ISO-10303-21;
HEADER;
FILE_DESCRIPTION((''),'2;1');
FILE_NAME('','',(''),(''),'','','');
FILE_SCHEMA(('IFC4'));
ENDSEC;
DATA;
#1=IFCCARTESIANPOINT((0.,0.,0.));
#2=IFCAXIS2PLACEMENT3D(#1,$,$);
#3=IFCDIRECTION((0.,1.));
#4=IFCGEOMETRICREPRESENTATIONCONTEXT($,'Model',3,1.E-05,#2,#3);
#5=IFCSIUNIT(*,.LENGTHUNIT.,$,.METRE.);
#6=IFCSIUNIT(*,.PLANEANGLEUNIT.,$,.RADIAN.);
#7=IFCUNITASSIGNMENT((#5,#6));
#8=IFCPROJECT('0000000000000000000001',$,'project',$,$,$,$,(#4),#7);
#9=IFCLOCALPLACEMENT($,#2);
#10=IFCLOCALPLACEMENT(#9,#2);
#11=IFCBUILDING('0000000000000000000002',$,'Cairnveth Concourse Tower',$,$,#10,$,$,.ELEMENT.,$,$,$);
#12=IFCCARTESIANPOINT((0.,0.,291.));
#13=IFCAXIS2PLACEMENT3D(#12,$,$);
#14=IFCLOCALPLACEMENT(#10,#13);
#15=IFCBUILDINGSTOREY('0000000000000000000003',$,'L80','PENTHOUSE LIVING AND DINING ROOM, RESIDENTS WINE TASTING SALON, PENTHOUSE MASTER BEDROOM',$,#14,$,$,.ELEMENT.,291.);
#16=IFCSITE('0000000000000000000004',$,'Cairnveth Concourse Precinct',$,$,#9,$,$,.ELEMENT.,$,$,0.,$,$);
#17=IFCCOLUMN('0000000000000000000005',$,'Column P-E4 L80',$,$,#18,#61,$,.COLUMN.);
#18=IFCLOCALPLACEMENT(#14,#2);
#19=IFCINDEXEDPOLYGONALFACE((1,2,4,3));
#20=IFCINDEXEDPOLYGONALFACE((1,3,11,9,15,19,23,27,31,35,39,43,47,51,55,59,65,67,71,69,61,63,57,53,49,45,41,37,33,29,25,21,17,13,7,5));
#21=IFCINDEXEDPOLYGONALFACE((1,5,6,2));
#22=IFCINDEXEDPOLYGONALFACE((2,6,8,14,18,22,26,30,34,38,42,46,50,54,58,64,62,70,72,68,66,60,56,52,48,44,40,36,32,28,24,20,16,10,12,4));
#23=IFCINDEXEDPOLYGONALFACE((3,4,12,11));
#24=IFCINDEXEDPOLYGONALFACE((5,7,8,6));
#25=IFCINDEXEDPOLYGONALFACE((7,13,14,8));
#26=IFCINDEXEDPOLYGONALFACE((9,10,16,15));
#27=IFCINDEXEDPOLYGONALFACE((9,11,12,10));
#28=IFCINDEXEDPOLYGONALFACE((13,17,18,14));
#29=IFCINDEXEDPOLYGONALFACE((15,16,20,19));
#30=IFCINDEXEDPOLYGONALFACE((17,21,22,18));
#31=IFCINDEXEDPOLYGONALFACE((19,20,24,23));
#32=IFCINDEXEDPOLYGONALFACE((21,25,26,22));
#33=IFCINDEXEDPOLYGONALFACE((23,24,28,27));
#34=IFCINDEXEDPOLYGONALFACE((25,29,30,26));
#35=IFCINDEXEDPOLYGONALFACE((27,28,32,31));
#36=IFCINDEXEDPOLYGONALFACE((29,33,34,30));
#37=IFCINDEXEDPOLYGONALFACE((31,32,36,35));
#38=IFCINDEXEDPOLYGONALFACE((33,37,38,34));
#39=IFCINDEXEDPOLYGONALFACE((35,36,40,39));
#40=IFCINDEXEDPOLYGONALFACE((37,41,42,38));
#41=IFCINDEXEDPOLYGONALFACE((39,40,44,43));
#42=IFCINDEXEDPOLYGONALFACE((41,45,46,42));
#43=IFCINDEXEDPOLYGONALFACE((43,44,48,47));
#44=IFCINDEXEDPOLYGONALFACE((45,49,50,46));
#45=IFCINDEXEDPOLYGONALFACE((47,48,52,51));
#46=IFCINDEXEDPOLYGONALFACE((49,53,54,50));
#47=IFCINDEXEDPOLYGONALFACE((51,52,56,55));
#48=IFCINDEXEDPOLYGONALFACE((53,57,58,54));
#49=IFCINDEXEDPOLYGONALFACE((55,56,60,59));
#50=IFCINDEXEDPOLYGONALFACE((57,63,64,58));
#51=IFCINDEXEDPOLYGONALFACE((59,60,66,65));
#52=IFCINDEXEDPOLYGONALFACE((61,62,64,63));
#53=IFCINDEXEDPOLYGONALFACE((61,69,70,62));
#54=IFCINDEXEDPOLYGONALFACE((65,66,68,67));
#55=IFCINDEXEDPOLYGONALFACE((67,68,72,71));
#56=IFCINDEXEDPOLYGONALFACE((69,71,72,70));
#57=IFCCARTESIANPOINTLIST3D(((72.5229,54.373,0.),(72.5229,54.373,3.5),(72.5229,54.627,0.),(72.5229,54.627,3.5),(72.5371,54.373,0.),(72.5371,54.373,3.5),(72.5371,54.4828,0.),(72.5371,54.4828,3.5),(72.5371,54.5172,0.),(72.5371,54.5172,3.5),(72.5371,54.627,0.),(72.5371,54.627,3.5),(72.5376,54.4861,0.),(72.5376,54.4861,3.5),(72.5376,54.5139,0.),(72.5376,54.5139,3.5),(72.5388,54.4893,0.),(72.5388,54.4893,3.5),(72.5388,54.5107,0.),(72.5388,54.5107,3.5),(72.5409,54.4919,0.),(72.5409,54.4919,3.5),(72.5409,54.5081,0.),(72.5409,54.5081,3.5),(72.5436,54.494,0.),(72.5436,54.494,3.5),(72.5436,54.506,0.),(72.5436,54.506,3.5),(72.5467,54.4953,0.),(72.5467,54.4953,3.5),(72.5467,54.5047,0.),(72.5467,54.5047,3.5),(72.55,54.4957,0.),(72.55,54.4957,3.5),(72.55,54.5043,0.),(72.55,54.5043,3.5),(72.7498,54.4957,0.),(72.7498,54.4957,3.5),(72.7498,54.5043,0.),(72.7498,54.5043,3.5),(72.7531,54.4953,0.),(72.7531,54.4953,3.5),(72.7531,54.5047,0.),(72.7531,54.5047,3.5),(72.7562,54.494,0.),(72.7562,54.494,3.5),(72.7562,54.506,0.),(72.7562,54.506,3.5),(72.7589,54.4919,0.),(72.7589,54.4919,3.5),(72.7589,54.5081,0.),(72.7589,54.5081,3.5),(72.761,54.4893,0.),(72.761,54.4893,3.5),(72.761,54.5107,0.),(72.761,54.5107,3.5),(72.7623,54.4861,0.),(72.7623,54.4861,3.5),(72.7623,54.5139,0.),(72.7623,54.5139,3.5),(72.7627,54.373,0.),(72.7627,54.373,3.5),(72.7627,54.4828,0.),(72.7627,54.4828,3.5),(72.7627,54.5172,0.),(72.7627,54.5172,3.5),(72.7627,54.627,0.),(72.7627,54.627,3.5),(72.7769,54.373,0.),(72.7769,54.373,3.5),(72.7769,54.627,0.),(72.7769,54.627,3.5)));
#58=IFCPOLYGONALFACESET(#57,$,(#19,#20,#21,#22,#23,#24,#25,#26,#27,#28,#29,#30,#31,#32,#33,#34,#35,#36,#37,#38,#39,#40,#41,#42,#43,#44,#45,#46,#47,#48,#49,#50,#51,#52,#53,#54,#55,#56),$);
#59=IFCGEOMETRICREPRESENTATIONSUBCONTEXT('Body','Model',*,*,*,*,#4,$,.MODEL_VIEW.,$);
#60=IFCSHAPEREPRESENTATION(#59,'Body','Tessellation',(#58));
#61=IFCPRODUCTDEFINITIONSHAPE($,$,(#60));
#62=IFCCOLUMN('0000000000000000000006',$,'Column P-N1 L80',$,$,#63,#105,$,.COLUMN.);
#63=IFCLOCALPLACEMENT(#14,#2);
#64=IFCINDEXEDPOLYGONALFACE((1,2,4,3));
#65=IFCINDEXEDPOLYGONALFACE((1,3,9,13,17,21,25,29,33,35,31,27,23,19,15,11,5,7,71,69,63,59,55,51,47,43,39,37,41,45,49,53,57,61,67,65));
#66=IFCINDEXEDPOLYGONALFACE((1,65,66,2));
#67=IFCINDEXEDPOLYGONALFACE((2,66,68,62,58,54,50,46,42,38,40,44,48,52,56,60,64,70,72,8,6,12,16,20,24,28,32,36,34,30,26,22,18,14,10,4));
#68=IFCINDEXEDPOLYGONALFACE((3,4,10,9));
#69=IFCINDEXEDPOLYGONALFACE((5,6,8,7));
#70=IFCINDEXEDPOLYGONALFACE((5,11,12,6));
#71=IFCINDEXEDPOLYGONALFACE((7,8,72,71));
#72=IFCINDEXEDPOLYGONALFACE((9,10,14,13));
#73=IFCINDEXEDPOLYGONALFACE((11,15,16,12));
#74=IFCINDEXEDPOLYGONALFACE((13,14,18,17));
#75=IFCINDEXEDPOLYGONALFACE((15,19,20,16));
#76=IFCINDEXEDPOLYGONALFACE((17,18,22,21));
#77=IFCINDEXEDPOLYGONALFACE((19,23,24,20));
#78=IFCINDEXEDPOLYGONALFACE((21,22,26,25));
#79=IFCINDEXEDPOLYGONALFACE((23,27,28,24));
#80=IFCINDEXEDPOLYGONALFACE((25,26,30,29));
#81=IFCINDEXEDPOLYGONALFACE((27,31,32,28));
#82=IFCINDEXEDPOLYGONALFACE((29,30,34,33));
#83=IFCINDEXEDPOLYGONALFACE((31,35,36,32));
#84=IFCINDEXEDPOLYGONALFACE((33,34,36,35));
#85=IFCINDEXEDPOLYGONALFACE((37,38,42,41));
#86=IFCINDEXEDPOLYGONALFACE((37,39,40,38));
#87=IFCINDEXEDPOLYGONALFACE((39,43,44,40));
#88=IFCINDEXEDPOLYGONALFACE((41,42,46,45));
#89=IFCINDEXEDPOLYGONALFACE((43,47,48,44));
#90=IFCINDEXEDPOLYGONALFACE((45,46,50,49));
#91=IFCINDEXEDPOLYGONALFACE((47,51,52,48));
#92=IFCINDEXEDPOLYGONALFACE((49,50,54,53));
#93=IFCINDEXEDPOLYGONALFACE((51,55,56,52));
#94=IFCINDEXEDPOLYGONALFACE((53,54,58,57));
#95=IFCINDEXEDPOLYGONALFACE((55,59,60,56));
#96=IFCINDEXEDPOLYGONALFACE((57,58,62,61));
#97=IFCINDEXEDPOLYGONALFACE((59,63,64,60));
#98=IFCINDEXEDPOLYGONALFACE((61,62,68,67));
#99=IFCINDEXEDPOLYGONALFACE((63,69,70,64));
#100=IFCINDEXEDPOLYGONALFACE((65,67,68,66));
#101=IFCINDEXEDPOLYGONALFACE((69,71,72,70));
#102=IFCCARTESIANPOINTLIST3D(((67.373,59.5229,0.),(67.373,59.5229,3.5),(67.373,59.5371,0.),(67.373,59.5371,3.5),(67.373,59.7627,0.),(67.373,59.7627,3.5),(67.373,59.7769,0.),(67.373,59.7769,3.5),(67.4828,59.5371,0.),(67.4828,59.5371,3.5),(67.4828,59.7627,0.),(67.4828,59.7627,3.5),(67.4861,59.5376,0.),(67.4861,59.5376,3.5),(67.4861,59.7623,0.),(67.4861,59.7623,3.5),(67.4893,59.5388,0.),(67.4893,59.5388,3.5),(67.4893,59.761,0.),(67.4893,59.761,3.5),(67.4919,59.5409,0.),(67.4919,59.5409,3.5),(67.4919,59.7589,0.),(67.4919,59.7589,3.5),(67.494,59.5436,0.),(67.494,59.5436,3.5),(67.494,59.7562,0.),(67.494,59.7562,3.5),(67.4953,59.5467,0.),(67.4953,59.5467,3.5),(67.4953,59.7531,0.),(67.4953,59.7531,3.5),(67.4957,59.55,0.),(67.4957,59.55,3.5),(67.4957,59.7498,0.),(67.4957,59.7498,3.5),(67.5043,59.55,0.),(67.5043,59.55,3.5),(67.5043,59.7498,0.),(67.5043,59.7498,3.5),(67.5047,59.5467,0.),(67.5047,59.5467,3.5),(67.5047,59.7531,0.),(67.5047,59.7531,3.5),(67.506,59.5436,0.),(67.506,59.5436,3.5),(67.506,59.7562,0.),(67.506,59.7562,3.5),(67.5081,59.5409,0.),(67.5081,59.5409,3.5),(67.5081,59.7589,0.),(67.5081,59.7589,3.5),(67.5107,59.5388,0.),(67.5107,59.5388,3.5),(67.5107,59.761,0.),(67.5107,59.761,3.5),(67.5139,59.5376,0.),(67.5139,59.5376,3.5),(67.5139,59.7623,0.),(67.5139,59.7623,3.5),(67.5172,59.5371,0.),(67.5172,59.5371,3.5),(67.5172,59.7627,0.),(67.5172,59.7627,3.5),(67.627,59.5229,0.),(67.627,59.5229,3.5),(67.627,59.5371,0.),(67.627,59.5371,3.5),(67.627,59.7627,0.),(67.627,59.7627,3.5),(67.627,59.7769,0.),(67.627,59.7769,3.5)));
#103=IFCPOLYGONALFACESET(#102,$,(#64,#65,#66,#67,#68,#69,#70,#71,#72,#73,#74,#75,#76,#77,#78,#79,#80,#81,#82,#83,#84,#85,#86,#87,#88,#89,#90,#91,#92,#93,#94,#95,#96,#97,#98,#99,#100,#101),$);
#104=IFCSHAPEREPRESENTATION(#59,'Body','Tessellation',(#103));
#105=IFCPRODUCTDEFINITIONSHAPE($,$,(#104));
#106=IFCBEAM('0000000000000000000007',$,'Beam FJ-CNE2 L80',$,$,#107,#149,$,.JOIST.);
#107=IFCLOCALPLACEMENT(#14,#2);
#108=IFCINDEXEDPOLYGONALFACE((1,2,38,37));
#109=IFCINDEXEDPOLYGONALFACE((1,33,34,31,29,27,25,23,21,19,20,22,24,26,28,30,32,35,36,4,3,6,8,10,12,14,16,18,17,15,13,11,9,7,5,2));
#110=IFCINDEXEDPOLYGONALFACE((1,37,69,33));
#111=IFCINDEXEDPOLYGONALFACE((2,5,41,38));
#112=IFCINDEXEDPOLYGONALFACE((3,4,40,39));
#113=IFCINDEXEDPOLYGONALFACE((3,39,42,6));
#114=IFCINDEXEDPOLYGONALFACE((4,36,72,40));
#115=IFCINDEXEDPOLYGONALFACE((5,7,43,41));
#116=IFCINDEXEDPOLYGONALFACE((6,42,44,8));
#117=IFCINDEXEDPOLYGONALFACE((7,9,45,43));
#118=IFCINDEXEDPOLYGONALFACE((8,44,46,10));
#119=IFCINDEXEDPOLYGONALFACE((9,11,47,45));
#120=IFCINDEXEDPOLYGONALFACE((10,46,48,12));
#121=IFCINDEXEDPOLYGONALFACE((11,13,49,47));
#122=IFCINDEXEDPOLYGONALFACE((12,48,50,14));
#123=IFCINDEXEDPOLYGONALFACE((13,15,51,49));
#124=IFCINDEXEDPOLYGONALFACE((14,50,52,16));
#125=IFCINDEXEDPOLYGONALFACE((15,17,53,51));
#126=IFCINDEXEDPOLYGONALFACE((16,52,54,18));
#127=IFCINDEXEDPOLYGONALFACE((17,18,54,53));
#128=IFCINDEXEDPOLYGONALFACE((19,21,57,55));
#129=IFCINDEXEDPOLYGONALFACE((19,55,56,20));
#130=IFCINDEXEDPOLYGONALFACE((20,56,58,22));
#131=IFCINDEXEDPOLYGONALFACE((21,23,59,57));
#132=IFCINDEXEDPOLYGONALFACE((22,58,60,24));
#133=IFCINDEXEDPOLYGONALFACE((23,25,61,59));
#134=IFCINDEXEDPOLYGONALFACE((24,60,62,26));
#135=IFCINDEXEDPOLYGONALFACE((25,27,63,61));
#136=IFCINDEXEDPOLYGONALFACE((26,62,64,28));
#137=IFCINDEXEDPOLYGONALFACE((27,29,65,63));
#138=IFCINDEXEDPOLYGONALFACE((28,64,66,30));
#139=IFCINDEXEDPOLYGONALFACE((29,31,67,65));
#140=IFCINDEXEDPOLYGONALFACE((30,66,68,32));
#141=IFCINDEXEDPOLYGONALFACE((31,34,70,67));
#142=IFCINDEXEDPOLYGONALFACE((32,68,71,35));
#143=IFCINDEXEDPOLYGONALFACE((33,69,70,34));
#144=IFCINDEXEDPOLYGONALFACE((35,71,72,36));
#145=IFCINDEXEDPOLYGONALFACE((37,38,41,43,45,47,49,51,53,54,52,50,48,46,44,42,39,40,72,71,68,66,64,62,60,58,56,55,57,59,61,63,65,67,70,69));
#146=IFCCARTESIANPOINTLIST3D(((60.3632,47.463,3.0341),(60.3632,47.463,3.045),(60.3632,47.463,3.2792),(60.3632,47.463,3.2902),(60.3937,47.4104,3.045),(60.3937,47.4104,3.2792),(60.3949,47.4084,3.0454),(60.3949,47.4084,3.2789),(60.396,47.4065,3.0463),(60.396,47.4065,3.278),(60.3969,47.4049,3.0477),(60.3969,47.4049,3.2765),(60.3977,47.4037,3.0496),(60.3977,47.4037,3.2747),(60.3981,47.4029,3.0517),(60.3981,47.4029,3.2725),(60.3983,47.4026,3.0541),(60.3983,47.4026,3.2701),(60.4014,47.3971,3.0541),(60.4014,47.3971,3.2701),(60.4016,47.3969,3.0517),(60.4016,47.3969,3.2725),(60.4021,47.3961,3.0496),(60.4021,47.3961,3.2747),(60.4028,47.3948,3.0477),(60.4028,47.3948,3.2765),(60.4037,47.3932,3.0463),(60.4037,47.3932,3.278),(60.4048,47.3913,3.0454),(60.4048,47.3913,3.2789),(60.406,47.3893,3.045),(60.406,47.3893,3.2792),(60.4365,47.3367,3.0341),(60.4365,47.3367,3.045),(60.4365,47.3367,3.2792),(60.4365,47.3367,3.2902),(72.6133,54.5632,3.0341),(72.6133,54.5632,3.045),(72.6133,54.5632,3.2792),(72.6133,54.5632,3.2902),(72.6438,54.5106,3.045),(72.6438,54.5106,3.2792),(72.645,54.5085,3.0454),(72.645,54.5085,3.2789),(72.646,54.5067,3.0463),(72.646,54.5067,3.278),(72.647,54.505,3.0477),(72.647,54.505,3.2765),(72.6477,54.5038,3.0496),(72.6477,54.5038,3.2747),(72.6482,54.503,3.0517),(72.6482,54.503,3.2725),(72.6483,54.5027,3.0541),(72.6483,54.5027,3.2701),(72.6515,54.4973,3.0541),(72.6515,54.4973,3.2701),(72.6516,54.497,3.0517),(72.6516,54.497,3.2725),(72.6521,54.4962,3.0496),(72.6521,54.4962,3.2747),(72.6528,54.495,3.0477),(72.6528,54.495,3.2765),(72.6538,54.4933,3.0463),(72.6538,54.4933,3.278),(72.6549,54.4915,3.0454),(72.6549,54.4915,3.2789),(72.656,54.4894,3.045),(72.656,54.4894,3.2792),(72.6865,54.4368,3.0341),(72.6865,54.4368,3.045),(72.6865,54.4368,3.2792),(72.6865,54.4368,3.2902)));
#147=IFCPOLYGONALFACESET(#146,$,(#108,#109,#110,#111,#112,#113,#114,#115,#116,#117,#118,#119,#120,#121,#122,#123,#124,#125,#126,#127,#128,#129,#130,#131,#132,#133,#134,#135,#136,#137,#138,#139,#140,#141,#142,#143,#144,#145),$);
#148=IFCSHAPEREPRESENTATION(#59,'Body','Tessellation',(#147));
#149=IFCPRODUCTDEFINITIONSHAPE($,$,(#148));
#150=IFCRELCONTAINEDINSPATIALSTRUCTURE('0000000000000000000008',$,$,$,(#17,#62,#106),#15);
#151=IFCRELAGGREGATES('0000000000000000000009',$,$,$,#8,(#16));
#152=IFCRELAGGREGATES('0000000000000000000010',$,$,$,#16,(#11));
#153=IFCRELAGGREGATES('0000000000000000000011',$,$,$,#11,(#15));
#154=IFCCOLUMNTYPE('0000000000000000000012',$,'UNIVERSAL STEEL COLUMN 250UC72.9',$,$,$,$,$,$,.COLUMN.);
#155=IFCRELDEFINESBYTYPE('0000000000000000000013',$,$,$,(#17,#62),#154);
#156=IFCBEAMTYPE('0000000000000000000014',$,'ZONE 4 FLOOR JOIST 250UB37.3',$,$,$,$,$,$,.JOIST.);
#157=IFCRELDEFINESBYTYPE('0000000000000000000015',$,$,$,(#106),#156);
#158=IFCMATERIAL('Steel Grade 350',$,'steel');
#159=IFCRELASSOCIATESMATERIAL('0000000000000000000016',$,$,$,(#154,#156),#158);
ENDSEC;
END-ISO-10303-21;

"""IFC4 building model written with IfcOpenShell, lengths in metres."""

from ifc_helpers import new_model, si_unit, direction, frame, origin, origin_2d, place, context, subcontext, project, spatial, i_section, extrude, material, material_profile, profile_set, type_object, element, save


model = new_model("IFC4")

# Units and contexts
model_context = context("Model", 3, precision=1e-05, world=origin(), true_north=direction((0.0, 1.0)))
body_context = subcontext(model_context, "Body", "Model", "MODEL_VIEW")
ifc_project = project(units=[si_unit("LENGTHUNIT", "METRE"), si_unit("PLANEANGLEUNIT", "RADIAN")], contexts=[model_context])

# Site, building, storey
site_placement = place(None, origin())
site = spatial("IfcSite", under=ifc_project, at=site_placement, Name="Cairnveth Concourse Precinct", CompositionType="ELEMENT", RefElevation=0.0)
building_placement = place(site_placement, origin())
building = spatial("IfcBuilding", under=site, at=building_placement, Name="Cairnveth Concourse Tower", CompositionType="ELEMENT")
storey_placement = place(building_placement, frame((0.0, 0.0, 291.0)))
storey = spatial("IfcBuildingStorey", under=building, at=storey_placement, Name="L80", Description="PENTHOUSE LIVING AND DINING ROOM, RESIDENTS WINE TASTING SALON, PENTHOUSE MASTER BEDROOM", CompositionType="ELEMENT", Elevation=291.0)

# Columns
ifc_material_1 = material(Name="Steel Grade 350", Category="steel")
ifc_material_profile_1 = material_profile(ifc_material_1, i_section(OverallWidth=0.2539, OverallDepth=0.2539, WebThickness=0.0085, FlangeThickness=0.0142, FilletRadius=0.0129, at=origin_2d()), Name="250UC72.9")
ifc_profile_set_1 = profile_set([ifc_material_profile_1], Name="Steel Grade 350")
column_type = type_object("IfcColumnType", Name="UNIVERSAL STEEL COLUMN 250UC72.9", PredefinedType="COLUMN", material=ifc_profile_set_1)
for number, where, z_axis, x_axis, name in (
    (1, (72.6499, 54.5, 0.0), (0.0, 0.0, 1.0), (0.0, 1.0, 0.0), "Column P-E4 L80"),
    (2, (67.5, 59.6499, 0.0), (0.0, 0.0, 1.0), (1.0, 0.0, 0.0), "Column P-N1 L80"),
):
    element("IfcColumn", number, at=place(storey_placement, frame(where, z_axis=z_axis, x_axis=x_axis)), inside=storey, type_object=column_type, Name=name, PredefinedType="COLUMN", context=body_context, shape_type="SweptSolid", body=[
        extrude(i_section(OverallWidth=0.2539, OverallDepth=0.2539, WebThickness=0.0085, FlangeThickness=0.0142, FilletRadius=0.0129, at=origin_2d()), origin(), (0.0, 0.0, 1.0), 3.5),
    ])

# Beam
ifc_material_profile_2 = material_profile(ifc_material_1, i_section(OverallWidth=0.146, OverallDepth=0.2561, WebThickness=0.0063, FlangeThickness=0.011, FilletRadius=0.009, at=origin_2d()), Name="250UB37.3")
ifc_profile_set_2 = profile_set([ifc_material_profile_2], Name="Steel Grade 350")
beam_type_1 = type_object("IfcBeamType", Name="ZONE 4 FLOOR JOIST 250UB37.3", PredefinedType="JOIST", material=ifc_profile_set_2)
beam_1_placement = place(storey_placement, frame((72.6499, 54.5, 3.1621), z_axis=(-0.865181, -0.501459, 0.0), x_axis=(0.501459, -0.865181, 0.0)))
element("IfcBeam", 3, at=beam_1_placement, inside=storey, type_object=beam_type_1, Name="Beam FJ-CNE2 L80", PredefinedType="JOIST", context=body_context, shape_type="SweptSolid", body=[
    extrude(i_section(OverallWidth=0.146, OverallDepth=0.2561, WebThickness=0.0063, FlangeThickness=0.011, FilletRadius=0.009, at=origin_2d()), origin(), (0.0, 0.0, 1.0), 14.1589),
])

save(model, "model.ifc")
